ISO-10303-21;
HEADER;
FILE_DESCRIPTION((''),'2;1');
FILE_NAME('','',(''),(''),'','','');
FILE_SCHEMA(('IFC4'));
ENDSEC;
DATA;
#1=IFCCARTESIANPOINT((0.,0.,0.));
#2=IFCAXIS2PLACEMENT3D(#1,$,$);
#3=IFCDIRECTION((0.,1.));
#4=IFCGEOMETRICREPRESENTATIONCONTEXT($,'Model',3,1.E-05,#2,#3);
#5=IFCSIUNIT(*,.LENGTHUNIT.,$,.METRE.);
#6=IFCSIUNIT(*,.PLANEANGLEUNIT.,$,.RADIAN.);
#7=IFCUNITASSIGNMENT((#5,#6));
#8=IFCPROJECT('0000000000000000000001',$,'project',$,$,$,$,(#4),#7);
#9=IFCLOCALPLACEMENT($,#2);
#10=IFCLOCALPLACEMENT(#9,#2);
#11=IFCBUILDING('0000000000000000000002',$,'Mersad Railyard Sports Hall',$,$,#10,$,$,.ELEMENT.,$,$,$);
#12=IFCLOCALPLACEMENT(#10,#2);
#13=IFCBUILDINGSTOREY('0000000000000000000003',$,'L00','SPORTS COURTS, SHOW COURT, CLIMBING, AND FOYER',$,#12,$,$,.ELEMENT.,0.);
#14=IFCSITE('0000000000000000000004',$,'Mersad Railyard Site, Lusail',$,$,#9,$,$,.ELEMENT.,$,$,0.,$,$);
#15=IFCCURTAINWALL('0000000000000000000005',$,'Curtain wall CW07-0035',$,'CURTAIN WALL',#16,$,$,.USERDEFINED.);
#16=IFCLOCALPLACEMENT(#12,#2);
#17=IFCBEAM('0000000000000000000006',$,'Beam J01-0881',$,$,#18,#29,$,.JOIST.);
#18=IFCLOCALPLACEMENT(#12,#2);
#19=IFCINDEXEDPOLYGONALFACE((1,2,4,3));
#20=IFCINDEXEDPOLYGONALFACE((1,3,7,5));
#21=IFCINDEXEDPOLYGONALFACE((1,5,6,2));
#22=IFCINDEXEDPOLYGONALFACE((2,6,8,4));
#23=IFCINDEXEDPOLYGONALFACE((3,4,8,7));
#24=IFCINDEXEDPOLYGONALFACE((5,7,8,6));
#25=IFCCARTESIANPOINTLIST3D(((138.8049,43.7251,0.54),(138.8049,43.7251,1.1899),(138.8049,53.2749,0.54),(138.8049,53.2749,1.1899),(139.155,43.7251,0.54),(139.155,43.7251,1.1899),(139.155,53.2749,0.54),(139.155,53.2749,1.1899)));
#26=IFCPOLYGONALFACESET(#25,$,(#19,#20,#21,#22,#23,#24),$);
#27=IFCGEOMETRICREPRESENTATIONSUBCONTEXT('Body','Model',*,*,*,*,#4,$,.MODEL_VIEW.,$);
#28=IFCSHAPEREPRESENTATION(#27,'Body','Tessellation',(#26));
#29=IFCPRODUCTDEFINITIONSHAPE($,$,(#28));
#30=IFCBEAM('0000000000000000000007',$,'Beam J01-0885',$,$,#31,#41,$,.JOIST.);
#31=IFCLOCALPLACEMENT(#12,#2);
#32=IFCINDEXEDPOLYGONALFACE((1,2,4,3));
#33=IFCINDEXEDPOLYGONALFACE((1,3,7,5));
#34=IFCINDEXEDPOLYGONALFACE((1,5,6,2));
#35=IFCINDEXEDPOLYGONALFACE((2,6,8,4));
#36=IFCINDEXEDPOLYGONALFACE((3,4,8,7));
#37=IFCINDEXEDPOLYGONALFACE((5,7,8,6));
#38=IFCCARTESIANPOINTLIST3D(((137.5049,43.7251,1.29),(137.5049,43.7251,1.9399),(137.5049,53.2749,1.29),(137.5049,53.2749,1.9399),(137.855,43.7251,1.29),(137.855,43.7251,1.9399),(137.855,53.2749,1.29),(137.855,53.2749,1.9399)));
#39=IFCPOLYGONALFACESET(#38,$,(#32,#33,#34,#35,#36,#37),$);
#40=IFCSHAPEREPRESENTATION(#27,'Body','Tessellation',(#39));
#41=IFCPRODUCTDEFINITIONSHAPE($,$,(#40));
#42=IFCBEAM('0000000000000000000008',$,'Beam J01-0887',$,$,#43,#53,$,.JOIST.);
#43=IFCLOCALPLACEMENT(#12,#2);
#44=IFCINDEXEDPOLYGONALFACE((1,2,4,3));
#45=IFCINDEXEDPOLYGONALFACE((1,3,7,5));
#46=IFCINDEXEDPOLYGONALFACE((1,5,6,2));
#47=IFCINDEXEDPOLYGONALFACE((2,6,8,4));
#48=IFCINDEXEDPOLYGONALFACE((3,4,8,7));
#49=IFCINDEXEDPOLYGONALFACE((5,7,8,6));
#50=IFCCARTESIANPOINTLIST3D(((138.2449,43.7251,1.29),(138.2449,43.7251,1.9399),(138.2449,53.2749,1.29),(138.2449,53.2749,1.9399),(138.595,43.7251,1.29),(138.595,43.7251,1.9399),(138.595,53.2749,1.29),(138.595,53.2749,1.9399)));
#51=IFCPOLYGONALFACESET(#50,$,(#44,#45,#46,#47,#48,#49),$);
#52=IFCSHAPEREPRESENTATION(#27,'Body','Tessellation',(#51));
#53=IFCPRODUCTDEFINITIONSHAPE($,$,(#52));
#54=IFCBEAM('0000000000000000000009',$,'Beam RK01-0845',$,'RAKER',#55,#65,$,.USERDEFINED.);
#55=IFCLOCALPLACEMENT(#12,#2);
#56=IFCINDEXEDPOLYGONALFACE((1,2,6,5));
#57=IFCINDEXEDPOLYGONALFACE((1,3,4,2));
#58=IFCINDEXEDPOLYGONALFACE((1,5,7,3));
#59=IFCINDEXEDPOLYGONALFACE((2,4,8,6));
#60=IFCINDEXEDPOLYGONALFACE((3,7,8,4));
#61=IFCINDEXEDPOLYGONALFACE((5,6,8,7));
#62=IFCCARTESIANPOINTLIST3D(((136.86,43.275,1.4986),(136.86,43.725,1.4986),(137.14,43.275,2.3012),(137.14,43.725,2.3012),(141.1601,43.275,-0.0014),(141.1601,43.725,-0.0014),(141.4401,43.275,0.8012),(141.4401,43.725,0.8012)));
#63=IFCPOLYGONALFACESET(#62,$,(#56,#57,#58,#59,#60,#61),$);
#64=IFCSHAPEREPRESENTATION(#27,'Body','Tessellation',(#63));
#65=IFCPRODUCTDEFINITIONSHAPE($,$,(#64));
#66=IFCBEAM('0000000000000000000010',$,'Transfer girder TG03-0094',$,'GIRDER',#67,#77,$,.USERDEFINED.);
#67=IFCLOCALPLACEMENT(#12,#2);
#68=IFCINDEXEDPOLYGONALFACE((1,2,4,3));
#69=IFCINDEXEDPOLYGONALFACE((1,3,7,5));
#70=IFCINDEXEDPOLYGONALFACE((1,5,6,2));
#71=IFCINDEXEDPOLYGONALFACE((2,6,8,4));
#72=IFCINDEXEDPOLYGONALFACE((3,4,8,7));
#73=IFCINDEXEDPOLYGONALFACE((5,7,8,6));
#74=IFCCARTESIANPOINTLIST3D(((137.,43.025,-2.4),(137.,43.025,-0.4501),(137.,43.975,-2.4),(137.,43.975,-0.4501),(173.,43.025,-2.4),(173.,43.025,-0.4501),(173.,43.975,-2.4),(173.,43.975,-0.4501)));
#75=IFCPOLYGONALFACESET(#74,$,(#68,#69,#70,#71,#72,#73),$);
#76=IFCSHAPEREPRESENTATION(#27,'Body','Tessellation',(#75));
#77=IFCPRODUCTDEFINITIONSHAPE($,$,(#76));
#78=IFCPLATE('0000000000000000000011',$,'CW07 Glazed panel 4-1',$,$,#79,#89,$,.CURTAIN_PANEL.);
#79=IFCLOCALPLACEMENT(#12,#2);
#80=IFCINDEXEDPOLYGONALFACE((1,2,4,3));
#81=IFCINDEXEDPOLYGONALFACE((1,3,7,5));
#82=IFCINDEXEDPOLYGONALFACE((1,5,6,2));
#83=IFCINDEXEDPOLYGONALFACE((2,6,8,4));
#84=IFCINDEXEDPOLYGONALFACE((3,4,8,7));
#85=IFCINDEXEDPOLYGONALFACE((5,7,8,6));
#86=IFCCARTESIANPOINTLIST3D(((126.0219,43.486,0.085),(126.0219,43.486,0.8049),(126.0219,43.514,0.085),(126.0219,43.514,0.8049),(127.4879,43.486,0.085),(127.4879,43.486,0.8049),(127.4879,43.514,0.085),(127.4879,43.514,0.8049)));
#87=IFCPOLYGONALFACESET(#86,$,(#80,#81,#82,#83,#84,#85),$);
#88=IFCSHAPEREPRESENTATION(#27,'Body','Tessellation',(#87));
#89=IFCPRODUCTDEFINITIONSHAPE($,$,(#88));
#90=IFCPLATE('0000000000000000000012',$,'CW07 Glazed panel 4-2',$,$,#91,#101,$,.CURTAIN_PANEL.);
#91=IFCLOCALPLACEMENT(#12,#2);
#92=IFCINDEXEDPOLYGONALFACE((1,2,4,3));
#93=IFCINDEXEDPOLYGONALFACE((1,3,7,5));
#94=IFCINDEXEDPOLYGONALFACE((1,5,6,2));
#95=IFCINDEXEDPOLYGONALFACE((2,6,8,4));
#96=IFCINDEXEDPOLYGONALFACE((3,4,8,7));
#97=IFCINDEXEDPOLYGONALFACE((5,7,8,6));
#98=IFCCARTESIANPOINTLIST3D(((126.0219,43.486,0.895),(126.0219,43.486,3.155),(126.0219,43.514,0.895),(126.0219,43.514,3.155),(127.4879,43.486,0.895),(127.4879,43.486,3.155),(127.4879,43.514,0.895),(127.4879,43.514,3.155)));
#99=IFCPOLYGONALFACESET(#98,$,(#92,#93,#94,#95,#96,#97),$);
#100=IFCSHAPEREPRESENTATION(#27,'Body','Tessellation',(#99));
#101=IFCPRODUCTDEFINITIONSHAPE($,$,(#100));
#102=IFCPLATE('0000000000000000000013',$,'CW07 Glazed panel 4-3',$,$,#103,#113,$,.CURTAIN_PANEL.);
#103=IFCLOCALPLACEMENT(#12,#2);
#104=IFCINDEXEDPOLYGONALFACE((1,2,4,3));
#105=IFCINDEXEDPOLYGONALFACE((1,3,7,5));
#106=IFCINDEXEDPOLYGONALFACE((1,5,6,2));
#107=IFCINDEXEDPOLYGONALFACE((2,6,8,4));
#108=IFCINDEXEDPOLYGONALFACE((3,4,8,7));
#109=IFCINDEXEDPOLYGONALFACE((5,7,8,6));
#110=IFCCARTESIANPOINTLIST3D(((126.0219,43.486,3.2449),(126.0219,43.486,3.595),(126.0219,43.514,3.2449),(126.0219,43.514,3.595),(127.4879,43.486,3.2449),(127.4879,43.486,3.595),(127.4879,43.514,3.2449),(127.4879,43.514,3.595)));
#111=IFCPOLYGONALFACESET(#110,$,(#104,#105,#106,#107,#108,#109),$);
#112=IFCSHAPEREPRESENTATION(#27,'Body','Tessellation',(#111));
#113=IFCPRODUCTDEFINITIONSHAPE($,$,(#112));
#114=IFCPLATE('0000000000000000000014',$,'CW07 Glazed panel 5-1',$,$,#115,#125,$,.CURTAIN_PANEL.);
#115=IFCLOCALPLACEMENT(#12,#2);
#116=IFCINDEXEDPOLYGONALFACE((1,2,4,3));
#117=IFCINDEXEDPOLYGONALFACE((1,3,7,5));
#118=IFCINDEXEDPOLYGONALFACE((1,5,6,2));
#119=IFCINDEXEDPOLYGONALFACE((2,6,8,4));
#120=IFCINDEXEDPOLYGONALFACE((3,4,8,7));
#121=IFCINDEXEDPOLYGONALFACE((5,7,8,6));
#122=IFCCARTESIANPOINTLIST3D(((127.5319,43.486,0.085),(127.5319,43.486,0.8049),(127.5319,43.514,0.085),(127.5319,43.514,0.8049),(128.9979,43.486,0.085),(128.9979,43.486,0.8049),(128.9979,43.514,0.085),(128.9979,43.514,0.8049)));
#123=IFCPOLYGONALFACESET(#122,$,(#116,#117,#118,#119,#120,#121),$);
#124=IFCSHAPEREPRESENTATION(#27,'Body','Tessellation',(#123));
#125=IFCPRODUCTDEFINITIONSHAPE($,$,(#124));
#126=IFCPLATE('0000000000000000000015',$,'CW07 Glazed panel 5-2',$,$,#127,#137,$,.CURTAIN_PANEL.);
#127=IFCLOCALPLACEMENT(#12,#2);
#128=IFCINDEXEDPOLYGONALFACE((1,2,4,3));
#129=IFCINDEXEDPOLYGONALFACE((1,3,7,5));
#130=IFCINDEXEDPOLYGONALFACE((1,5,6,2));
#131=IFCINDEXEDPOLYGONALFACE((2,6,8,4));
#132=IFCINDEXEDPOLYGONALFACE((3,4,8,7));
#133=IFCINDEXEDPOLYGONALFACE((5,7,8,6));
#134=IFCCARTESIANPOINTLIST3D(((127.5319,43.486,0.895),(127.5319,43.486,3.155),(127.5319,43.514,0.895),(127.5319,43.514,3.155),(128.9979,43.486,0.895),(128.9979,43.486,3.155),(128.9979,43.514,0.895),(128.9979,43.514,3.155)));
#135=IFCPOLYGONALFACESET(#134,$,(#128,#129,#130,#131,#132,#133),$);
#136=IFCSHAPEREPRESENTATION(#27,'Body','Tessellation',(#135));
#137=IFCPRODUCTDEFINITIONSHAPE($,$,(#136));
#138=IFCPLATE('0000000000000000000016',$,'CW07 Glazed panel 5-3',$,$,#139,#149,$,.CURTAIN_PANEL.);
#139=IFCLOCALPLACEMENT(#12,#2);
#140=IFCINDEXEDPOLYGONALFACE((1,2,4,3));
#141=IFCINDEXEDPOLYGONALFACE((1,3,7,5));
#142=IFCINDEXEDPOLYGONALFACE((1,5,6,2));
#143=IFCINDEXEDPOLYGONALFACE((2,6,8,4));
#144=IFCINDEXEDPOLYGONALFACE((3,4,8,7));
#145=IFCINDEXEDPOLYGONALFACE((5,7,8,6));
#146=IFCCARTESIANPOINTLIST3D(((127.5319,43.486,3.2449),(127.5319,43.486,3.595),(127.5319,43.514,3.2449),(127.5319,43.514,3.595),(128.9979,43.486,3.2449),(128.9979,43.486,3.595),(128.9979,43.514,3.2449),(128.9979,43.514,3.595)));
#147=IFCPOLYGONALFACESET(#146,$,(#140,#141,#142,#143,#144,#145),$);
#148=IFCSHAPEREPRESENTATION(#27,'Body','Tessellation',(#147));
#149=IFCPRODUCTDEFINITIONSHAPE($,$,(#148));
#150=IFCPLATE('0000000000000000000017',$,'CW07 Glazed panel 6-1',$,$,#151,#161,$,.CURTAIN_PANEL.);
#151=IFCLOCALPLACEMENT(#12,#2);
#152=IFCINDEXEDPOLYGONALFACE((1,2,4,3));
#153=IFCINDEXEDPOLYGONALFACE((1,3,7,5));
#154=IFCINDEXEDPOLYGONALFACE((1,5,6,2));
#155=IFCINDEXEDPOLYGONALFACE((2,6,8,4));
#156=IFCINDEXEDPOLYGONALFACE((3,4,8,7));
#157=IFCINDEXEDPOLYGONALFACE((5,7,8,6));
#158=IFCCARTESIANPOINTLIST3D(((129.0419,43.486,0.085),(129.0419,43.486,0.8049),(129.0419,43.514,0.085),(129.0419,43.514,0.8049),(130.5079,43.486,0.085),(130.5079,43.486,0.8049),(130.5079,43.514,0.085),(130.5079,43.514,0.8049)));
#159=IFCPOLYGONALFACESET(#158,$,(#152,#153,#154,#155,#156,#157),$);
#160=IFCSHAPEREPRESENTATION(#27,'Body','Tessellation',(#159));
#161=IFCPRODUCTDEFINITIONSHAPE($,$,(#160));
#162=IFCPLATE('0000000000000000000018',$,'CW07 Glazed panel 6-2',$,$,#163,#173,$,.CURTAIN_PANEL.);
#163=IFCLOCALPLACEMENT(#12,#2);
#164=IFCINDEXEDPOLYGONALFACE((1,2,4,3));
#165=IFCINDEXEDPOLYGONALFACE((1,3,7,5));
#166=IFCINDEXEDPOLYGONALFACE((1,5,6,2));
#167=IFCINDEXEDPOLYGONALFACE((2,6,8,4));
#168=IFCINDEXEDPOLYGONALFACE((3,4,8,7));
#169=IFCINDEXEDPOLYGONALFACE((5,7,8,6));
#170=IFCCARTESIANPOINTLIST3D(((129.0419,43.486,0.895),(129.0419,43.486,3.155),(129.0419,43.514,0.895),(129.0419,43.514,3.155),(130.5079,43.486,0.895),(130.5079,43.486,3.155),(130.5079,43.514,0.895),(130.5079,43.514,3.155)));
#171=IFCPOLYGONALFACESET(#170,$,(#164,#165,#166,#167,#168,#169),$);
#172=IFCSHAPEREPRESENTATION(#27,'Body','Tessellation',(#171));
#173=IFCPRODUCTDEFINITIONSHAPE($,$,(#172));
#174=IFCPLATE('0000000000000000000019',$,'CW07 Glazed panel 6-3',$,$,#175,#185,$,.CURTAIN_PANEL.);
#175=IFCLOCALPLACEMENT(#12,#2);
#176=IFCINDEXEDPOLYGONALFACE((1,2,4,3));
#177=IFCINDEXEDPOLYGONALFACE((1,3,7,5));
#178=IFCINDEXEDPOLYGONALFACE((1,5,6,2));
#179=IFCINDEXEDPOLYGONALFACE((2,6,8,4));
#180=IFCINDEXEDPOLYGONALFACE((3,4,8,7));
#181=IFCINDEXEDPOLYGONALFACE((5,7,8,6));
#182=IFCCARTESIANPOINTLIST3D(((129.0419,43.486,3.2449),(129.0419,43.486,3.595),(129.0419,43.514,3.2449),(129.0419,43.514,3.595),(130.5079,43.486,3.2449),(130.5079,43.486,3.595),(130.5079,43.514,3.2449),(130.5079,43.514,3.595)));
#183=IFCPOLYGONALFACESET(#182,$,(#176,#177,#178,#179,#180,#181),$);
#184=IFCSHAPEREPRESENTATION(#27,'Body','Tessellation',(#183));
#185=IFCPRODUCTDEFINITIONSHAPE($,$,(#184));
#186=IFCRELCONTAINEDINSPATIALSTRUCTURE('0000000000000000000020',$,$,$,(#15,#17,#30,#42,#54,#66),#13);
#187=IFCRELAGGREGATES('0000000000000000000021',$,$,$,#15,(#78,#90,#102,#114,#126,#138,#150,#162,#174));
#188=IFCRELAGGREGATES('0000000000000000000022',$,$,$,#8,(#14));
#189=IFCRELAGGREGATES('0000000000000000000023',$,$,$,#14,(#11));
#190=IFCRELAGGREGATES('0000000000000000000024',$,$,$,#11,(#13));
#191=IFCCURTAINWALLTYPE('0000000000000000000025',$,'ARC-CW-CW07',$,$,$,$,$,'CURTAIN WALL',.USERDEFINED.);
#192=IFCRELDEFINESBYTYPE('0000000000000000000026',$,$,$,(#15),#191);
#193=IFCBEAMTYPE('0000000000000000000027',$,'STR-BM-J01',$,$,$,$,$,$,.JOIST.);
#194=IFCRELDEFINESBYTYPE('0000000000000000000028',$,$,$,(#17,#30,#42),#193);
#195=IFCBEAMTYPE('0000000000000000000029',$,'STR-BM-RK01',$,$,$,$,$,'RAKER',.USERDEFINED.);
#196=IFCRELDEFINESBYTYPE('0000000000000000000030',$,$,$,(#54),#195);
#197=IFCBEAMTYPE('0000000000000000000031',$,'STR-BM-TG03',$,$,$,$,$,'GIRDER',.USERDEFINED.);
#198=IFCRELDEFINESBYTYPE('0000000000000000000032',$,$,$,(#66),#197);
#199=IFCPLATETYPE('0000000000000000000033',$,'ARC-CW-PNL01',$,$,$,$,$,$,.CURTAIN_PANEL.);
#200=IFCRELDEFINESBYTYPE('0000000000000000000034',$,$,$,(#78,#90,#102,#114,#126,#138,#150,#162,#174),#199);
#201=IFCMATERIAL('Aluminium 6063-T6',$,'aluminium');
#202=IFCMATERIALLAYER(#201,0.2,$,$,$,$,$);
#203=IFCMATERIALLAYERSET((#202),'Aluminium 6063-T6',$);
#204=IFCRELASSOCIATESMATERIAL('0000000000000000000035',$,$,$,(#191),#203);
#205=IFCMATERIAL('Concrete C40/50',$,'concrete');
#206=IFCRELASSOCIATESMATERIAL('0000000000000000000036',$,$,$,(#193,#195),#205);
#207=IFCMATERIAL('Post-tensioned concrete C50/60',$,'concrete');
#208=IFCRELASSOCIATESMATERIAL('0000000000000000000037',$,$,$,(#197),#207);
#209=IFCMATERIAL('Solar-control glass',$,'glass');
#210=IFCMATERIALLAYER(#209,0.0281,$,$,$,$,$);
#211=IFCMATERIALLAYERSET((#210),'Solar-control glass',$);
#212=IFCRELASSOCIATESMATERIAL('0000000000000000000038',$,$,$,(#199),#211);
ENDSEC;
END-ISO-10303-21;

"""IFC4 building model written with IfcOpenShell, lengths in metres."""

from ifc_helpers import new_model, si_unit, direction, frame, origin, origin_2d, place, context, subcontext, project, spatial, rectangle, extrude, material, layer, layer_set, material_profile, profile_set, type_object, element, aggregate, save


model = new_model("IFC4")

# Units and contexts
model_context = context("Model", 3, precision=1e-05, world=origin(), true_north=direction((0.0, 1.0)))
body_context = subcontext(model_context, "Body", "Model", "MODEL_VIEW")
ifc_project = project(units=[si_unit("LENGTHUNIT", "METRE"), si_unit("PLANEANGLEUNIT", "RADIAN")], contexts=[model_context])

# Site, building, storey
site_placement = place(None, origin())
site = spatial("IfcSite", under=ifc_project, at=site_placement, Name="Mersad Railyard Site, Lusail", CompositionType="ELEMENT", RefElevation=0.0)
building_placement = place(site_placement, origin())
building = spatial("IfcBuilding", under=site, at=building_placement, Name="Mersad Railyard Sports Hall", CompositionType="ELEMENT")
storey_placement = place(building_placement, origin())
storey = spatial("IfcBuildingStorey", under=building, at=storey_placement, Name="L00", Description="SPORTS COURTS, SHOW COURT, CLIMBING, AND FOYER", CompositionType="ELEMENT", Elevation=0.0)

# Curtain wall
ifc_material_1 = material(Name="Aluminium 6063-T6", Category="aluminium")
ifc_layer_1 = layer(ifc_material_1, 0.2)
ifc_layer_set_1 = layer_set([ifc_layer_1], Name="Aluminium 6063-T6")
curtain_wall_type = type_object("IfcCurtainWallType", Name="ARC-CW-CW07", ElementType="CURTAIN WALL", PredefinedType="USERDEFINED", material=ifc_layer_set_1)
curtain_wall_placement = place(storey_placement, origin())
curtain_wall = element("IfcCurtainWall", 1, at=curtain_wall_placement, inside=storey, type_object=curtain_wall_type, Name="Curtain wall CW07-0035", ObjectType="CURTAIN WALL", PredefinedType="USERDEFINED")

# Beams
ifc_material_2 = material(Name="Concrete C40/50", Category="concrete")
ifc_material_profile_1 = material_profile(ifc_material_2, rectangle(XDim=0.3501, YDim=0.6499, at=origin_2d()), Name="RC 350x650")
ifc_profile_set_1 = profile_set([ifc_material_profile_1], Name="Concrete C40/50")
beam_type_1 = type_object("IfcBeamType", Name="STR-BM-J01", PredefinedType="JOIST", material=ifc_profile_set_1)
for number, where, z_axis, x_axis, name in (
    (2, (138.98, 43.7251, 0.865), (0.0, 1.0, 0.0), (-1.0, 0.0, 0.0), "Beam J01-0881"),
    (3, (137.6799, 43.7251, 1.615), (0.0, 1.0, 0.0), (-1.0, 0.0, 0.0), "Beam J01-0885"),
    (4, (138.4199, 43.7251, 1.615), (0.0, 1.0, 0.0), (-1.0, 0.0, 0.0), "Beam J01-0887"),
):
    element("IfcBeam", number, at=place(storey_placement, frame(where, z_axis=z_axis, x_axis=x_axis)), inside=storey, type_object=beam_type_1, Name=name, PredefinedType="JOIST", context=body_context, shape_type="SweptSolid", body=[
        extrude(rectangle(XDim=0.3501, YDim=0.6499, at=origin_2d()), origin(), (0.0, 0.0, 1.0), 9.5498),
    ])
ifc_material_profile_2 = material_profile(ifc_material_2, rectangle(XDim=0.45, YDim=0.8501, at=origin_2d()), Name="RC 450x850")
ifc_profile_set_2 = profile_set([ifc_material_profile_2], Name="Concrete C40/50")
beam_type_2 = type_object("IfcBeamType", Name="STR-BM-RK01", ElementType="RAKER", PredefinedType="USERDEFINED", material=ifc_profile_set_2)
beam_1_placement = place(storey_placement, frame((137.0, 43.5, 1.8999), z_axis=(0.944201, 0.0, -0.329369), x_axis=(0.0, 1.0, 0.0)))
element("IfcBeam", 5, at=beam_1_placement, inside=storey, type_object=beam_type_2, Name="Beam RK01-0845", ObjectType="RAKER", PredefinedType="USERDEFINED", context=body_context, shape_type="SweptSolid", body=[
    extrude(rectangle(XDim=0.45, YDim=0.8501, at=origin_2d()), origin(), (0.0, 0.0, 1.0), 4.5542),
])
ifc_material_3 = material(Name="Post-tensioned concrete C50/60", Category="concrete")
ifc_material_profile_3 = material_profile(ifc_material_3, rectangle(XDim=0.95, YDim=1.95, at=origin_2d()), Name="PT 950x1950")
ifc_profile_set_3 = profile_set([ifc_material_profile_3], Name="Post-tensioned concrete C50/60")
beam_type_3 = type_object("IfcBeamType", Name="STR-BM-TG03", ElementType="GIRDER", PredefinedType="USERDEFINED", material=ifc_profile_set_3)
beam_2_placement = place(storey_placement, frame((137.0, 43.5, -1.425), z_axis=(1.0, 0.0, 0.0), x_axis=(0.0, 1.0, 0.0)))
element("IfcBeam", 6, at=beam_2_placement, inside=storey, type_object=beam_type_3, Name="Transfer girder TG03-0094", ObjectType="GIRDER", PredefinedType="USERDEFINED", context=body_context, shape_type="SweptSolid", body=[
    extrude(rectangle(XDim=0.95, YDim=1.95, at=origin_2d()), origin(), (0.0, 0.0, 1.0), 36.0),
])

# Plates
ifc_material_4 = material(Name="Solar-control glass", Category="glass")
ifc_layer_2 = layer(ifc_material_4, 0.0281)
ifc_layer_set_2 = layer_set([ifc_layer_2], Name="Solar-control glass")
plate_type = type_object("IfcPlateType", Name="ARC-CW-PNL01", PredefinedType="CURTAIN_PANEL", material=ifc_layer_set_2)
plate_1_placement = place(storey_placement, frame((126.7549, 43.5, 0.085), z_axis=(0.0, 0.0, 1.0), x_axis=(1.0, 0.0, 0.0)))
plate_1 = element("IfcPlate", 7, at=plate_1_placement, type_object=plate_type, Name="CW07 Glazed panel 4-1", PredefinedType="CURTAIN_PANEL", context=body_context, shape_type="SweptSolid", body=[
    extrude(rectangle(XDim=1.4661, YDim=0.0281, at=origin_2d()), origin(), (0.0, 0.0, 1.0), 0.72),
])
plate_2_placement = place(storey_placement, frame((126.7549, 43.5, 0.895), z_axis=(0.0, 0.0, 1.0), x_axis=(1.0, 0.0, 0.0)))
plate_2 = element("IfcPlate", 8, at=plate_2_placement, type_object=plate_type, Name="CW07 Glazed panel 4-2", PredefinedType="CURTAIN_PANEL", context=body_context, shape_type="SweptSolid", body=[
    extrude(rectangle(XDim=1.4661, YDim=0.0281, at=origin_2d()), origin(), (0.0, 0.0, 1.0), 2.26),
])
plate_3_placement = place(storey_placement, frame((126.7549, 43.5, 3.2449), z_axis=(0.0, 0.0, 1.0), x_axis=(1.0, 0.0, 0.0)))
plate_3 = element("IfcPlate", 9, at=plate_3_placement, type_object=plate_type, Name="CW07 Glazed panel 4-3", PredefinedType="CURTAIN_PANEL", context=body_context, shape_type="SweptSolid", body=[
    extrude(rectangle(XDim=1.4661, YDim=0.0281, at=origin_2d()), origin(), (0.0, 0.0, 1.0), 0.3501),
])
plate_4_placement = place(storey_placement, frame((128.2649, 43.5, 0.085), z_axis=(0.0, 0.0, 1.0), x_axis=(1.0, 0.0, 0.0)))
plate_4 = element("IfcPlate", 10, at=plate_4_placement, type_object=plate_type, Name="CW07 Glazed panel 5-1", PredefinedType="CURTAIN_PANEL", context=body_context, shape_type="SweptSolid", body=[
    extrude(rectangle(XDim=1.4661, YDim=0.0281, at=origin_2d()), origin(), (0.0, 0.0, 1.0), 0.72),
])
plate_5_placement = place(storey_placement, frame((128.2649, 43.5, 0.895), z_axis=(0.0, 0.0, 1.0), x_axis=(1.0, 0.0, 0.0)))
plate_5 = element("IfcPlate", 11, at=plate_5_placement, type_object=plate_type, Name="CW07 Glazed panel 5-2", PredefinedType="CURTAIN_PANEL", context=body_context, shape_type="SweptSolid", body=[
    extrude(rectangle(XDim=1.4661, YDim=0.0281, at=origin_2d()), origin(), (0.0, 0.0, 1.0), 2.26),
])
plate_6_placement = place(storey_placement, frame((128.2649, 43.5, 3.2449), z_axis=(0.0, 0.0, 1.0), x_axis=(1.0, 0.0, 0.0)))
plate_6 = element("IfcPlate", 12, at=plate_6_placement, type_object=plate_type, Name="CW07 Glazed panel 5-3", PredefinedType="CURTAIN_PANEL", context=body_context, shape_type="SweptSolid", body=[
    extrude(rectangle(XDim=1.4661, YDim=0.0281, at=origin_2d()), origin(), (0.0, 0.0, 1.0), 0.3501),
])
plate_7_placement = place(storey_placement, frame((129.7749, 43.5, 0.085), z_axis=(0.0, 0.0, 1.0), x_axis=(1.0, 0.0, 0.0)))
plate_7 = element("IfcPlate", 13, at=plate_7_placement, type_object=plate_type, Name="CW07 Glazed panel 6-1", PredefinedType="CURTAIN_PANEL", context=body_context, shape_type="SweptSolid", body=[
    extrude(rectangle(XDim=1.4661, YDim=0.0281, at=origin_2d()), origin(), (0.0, 0.0, 1.0), 0.72),
])
plate_8_placement = place(storey_placement, frame((129.7749, 43.5, 0.895), z_axis=(0.0, 0.0, 1.0), x_axis=(1.0, 0.0, 0.0)))
plate_8 = element("IfcPlate", 14, at=plate_8_placement, type_object=plate_type, Name="CW07 Glazed panel 6-2", PredefinedType="CURTAIN_PANEL", context=body_context, shape_type="SweptSolid", body=[
    extrude(rectangle(XDim=1.4661, YDim=0.0281, at=origin_2d()), origin(), (0.0, 0.0, 1.0), 2.26),
])
plate_9_placement = place(storey_placement, frame((129.7749, 43.5, 3.2449), z_axis=(0.0, 0.0, 1.0), x_axis=(1.0, 0.0, 0.0)))
plate_9 = element("IfcPlate", 15, at=plate_9_placement, type_object=plate_type, Name="CW07 Glazed panel 6-3", PredefinedType="CURTAIN_PANEL", context=body_context, shape_type="SweptSolid", body=[
    extrude(rectangle(XDim=1.4661, YDim=0.0281, at=origin_2d()), origin(), (0.0, 0.0, 1.0), 0.3501),
])
aggregate(curtain_wall, [plate_1, plate_2, plate_3, plate_4, plate_5, plate_6, plate_7, plate_8, plate_9])

save(model, "model.ifc")
